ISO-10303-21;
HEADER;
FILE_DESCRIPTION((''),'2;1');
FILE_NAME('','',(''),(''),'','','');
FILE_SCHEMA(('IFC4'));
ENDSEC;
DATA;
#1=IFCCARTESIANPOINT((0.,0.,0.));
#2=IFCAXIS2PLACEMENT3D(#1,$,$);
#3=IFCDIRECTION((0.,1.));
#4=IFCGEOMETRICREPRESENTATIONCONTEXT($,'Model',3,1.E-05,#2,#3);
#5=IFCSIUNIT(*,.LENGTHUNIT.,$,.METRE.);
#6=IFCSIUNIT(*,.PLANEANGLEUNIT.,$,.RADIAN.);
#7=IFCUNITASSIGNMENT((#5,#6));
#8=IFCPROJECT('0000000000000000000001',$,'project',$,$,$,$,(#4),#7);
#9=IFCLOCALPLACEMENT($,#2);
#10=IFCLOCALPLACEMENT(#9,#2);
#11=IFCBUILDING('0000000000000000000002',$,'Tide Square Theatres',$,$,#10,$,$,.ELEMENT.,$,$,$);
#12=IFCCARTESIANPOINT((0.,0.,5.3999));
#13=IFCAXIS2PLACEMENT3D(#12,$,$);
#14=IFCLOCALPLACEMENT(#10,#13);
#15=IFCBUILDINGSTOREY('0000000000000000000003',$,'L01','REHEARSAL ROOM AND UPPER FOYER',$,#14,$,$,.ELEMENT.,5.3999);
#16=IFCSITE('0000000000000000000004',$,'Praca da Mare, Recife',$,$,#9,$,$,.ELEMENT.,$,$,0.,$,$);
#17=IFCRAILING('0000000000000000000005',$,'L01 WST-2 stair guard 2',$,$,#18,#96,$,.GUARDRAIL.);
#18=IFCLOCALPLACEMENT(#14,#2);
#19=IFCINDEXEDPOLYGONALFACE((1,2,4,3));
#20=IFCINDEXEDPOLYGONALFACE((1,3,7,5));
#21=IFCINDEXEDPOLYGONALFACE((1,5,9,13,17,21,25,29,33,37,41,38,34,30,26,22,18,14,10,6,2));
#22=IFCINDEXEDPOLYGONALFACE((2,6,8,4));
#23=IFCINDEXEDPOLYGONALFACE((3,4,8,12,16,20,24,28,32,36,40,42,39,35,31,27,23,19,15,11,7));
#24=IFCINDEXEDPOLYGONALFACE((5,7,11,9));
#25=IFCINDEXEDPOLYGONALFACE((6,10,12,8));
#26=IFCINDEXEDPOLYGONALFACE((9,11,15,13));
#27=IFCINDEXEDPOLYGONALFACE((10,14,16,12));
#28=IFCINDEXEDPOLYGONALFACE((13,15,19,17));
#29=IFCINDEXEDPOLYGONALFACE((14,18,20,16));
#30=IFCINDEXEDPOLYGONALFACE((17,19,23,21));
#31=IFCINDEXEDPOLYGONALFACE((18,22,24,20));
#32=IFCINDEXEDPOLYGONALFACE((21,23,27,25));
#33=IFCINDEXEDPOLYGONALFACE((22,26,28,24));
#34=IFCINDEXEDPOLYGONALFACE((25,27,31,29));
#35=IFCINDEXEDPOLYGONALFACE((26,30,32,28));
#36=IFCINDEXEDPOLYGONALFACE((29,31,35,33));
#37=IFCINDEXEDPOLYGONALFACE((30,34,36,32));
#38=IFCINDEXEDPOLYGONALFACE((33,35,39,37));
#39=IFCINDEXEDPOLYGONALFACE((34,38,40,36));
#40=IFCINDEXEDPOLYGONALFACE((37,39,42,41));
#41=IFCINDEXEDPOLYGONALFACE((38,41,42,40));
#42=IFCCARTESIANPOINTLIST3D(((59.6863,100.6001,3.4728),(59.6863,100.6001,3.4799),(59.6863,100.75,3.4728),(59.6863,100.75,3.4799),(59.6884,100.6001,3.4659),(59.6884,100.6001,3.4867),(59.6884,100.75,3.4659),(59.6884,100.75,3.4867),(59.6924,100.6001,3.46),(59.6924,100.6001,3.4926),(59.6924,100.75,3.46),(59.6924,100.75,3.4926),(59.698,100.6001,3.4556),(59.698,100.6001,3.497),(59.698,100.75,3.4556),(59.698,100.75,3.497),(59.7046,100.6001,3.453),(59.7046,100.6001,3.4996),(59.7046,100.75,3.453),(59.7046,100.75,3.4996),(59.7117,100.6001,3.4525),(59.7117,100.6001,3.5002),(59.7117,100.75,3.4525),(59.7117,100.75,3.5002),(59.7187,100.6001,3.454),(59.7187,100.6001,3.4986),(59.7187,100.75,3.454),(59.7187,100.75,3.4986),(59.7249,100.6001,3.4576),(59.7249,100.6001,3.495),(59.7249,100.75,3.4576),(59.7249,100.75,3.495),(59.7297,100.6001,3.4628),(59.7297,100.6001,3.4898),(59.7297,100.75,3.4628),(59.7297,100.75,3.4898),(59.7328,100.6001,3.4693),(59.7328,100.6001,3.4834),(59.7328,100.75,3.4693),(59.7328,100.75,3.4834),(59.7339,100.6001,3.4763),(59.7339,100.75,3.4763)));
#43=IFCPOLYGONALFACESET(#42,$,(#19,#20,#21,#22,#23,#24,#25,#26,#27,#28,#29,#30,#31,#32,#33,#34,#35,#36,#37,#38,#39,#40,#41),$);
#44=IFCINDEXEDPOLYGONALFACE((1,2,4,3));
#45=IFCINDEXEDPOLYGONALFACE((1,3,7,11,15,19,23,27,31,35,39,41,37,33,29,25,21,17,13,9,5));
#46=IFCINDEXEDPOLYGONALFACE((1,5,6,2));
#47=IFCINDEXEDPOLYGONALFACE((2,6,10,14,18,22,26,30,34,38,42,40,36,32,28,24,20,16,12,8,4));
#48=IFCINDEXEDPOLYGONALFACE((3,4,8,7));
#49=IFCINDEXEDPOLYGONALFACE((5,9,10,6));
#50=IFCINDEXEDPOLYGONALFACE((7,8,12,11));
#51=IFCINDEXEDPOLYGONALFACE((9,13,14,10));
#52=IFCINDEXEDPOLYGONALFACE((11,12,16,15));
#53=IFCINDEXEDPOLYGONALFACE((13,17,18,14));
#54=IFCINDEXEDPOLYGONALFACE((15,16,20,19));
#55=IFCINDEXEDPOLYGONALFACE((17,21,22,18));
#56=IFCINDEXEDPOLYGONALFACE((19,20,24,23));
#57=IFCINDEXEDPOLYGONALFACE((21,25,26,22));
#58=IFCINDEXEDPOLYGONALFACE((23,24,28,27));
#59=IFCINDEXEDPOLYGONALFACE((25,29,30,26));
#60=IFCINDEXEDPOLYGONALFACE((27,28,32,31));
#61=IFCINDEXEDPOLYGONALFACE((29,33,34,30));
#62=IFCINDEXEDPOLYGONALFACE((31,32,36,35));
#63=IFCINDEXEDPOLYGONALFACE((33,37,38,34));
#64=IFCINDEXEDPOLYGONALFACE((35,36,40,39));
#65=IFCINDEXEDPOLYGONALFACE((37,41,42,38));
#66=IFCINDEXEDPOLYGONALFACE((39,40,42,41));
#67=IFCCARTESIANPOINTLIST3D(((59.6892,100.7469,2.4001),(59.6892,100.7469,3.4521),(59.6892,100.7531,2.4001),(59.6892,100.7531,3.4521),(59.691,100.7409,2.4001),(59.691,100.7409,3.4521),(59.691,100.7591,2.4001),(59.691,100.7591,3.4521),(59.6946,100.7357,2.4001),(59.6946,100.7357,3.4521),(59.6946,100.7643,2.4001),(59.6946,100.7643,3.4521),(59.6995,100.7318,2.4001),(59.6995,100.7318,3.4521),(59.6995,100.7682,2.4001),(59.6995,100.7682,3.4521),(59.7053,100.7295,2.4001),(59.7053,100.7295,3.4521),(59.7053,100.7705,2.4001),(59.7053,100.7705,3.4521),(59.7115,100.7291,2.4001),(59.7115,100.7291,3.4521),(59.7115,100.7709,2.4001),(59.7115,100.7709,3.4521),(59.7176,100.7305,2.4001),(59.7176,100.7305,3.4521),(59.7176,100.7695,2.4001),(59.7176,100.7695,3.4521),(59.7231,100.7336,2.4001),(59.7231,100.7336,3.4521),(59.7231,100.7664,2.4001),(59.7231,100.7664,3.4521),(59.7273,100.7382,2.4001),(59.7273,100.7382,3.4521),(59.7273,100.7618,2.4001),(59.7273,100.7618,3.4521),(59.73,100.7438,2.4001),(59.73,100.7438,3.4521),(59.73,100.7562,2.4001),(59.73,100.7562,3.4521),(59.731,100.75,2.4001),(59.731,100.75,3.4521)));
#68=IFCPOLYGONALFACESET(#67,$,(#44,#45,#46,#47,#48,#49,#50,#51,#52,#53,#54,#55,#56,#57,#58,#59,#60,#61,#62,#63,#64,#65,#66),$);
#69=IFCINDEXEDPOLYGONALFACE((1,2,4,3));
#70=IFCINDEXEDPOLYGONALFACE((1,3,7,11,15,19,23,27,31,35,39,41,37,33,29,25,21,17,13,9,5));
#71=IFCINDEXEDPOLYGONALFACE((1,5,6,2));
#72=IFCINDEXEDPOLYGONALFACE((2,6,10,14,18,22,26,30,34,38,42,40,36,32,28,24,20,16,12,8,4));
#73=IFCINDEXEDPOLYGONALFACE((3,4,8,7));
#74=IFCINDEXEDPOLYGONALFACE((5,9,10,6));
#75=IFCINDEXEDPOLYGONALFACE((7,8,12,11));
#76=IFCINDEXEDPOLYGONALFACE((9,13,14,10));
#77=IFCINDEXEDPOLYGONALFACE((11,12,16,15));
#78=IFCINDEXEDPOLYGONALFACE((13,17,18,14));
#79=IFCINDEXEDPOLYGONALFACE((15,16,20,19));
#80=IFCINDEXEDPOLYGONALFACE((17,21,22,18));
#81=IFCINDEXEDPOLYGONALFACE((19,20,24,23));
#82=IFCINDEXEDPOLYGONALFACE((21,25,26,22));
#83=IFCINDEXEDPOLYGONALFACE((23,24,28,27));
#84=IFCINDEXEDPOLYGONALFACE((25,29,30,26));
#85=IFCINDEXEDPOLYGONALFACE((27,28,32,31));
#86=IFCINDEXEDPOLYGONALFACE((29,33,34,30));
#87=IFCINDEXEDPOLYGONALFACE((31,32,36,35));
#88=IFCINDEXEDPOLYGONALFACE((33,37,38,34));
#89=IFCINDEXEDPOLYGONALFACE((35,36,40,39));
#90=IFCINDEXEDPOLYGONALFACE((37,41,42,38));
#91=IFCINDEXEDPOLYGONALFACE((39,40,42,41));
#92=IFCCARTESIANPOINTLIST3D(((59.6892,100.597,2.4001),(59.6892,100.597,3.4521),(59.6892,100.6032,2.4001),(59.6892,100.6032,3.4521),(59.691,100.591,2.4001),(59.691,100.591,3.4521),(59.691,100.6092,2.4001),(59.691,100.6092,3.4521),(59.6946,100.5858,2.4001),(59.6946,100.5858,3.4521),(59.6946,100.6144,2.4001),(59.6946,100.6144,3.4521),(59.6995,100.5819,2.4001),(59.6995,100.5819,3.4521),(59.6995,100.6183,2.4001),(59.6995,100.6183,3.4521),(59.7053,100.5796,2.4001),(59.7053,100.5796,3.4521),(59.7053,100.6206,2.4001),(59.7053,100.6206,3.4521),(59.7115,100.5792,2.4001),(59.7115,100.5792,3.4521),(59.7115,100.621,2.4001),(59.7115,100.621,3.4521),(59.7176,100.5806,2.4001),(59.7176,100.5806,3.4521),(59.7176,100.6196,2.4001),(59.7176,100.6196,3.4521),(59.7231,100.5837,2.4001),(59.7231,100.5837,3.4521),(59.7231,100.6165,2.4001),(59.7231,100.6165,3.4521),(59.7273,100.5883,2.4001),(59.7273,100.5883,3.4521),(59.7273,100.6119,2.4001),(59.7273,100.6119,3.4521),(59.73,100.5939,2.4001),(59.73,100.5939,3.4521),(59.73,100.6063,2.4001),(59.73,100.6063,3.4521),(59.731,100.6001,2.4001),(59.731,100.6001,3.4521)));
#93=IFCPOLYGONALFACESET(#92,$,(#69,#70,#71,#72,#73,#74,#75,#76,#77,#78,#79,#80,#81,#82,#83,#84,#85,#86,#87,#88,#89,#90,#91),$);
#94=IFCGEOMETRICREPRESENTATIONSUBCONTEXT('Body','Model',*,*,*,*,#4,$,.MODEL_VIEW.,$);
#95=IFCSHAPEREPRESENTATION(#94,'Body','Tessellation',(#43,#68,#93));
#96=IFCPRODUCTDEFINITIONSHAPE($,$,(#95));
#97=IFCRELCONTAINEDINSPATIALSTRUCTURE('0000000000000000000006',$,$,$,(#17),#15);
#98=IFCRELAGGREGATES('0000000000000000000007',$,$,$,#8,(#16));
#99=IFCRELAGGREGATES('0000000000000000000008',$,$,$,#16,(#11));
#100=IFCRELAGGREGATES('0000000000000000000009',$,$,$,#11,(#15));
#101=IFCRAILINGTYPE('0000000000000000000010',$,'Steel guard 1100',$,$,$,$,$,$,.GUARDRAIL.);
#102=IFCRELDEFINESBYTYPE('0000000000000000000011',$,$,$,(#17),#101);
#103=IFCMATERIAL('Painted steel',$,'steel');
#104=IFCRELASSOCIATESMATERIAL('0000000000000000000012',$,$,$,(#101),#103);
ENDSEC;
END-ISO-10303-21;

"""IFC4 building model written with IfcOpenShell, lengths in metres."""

from ifc_helpers import new_model, si_unit, direction, frame, origin, origin_2d, place, context, subcontext, project, spatial, circle, extrude, material, type_object, element, save


model = new_model("IFC4")

# Units and contexts
model_context = context("Model", 3, precision=1e-05, world=origin(), true_north=direction((0.0, 1.0)))
body_context = subcontext(model_context, "Body", "Model", "MODEL_VIEW")
ifc_project = project(units=[si_unit("LENGTHUNIT", "METRE"), si_unit("PLANEANGLEUNIT", "RADIAN")], contexts=[model_context])

# Site, building, storey
site_placement = place(None, origin())
site = spatial("IfcSite", under=ifc_project, at=site_placement, Name="Praca da Mare, Recife", CompositionType="ELEMENT", RefElevation=0.0)
building_placement = place(site_placement, origin())
building = spatial("IfcBuilding", under=site, at=building_placement, Name="Tide Square Theatres", CompositionType="ELEMENT")
storey_placement = place(building_placement, frame((0.0, 0.0, 5.3999)))
storey = spatial("IfcBuildingStorey", under=building, at=storey_placement, Name="L01", Description="REHEARSAL ROOM AND UPPER FOYER", CompositionType="ELEMENT", Elevation=5.3999)

# Railing
ifc_material_1 = material(Name="Painted steel", Category="steel")
railing_type_1 = type_object("IfcRailingType", Name="Steel guard 1100", PredefinedType="GUARDRAIL", material=ifc_material_1)
railing_1_placement = place(storey_placement, frame((59.71, 100.75, 2.4001)))
element("IfcRailing", 1, at=railing_1_placement, inside=storey, type_object=railing_type_1, Name="L01 WST-2 stair guard 2", PredefinedType="GUARDRAIL", context=body_context, shape_type="SweptSolid", body=[
    extrude(circle(Radius=0.0239, at=origin_2d()), frame((0.0, 0.0, 1.0762), z_axis=(0.0, -1.0, 0.0), x_axis=(1.0, 0.0, 0.0)), (0.0, 0.0, 1.0), 0.1499),
    extrude(circle(Radius=0.021, at=origin_2d()), origin(), (0.0, 0.0, 1.0), 1.052),
    extrude(circle(Radius=0.021, at=origin_2d()), frame((0.0, -0.1499, 0.0)), (0.0, 0.0, 1.0), 1.052),
])

save(model, "model.ifc")
